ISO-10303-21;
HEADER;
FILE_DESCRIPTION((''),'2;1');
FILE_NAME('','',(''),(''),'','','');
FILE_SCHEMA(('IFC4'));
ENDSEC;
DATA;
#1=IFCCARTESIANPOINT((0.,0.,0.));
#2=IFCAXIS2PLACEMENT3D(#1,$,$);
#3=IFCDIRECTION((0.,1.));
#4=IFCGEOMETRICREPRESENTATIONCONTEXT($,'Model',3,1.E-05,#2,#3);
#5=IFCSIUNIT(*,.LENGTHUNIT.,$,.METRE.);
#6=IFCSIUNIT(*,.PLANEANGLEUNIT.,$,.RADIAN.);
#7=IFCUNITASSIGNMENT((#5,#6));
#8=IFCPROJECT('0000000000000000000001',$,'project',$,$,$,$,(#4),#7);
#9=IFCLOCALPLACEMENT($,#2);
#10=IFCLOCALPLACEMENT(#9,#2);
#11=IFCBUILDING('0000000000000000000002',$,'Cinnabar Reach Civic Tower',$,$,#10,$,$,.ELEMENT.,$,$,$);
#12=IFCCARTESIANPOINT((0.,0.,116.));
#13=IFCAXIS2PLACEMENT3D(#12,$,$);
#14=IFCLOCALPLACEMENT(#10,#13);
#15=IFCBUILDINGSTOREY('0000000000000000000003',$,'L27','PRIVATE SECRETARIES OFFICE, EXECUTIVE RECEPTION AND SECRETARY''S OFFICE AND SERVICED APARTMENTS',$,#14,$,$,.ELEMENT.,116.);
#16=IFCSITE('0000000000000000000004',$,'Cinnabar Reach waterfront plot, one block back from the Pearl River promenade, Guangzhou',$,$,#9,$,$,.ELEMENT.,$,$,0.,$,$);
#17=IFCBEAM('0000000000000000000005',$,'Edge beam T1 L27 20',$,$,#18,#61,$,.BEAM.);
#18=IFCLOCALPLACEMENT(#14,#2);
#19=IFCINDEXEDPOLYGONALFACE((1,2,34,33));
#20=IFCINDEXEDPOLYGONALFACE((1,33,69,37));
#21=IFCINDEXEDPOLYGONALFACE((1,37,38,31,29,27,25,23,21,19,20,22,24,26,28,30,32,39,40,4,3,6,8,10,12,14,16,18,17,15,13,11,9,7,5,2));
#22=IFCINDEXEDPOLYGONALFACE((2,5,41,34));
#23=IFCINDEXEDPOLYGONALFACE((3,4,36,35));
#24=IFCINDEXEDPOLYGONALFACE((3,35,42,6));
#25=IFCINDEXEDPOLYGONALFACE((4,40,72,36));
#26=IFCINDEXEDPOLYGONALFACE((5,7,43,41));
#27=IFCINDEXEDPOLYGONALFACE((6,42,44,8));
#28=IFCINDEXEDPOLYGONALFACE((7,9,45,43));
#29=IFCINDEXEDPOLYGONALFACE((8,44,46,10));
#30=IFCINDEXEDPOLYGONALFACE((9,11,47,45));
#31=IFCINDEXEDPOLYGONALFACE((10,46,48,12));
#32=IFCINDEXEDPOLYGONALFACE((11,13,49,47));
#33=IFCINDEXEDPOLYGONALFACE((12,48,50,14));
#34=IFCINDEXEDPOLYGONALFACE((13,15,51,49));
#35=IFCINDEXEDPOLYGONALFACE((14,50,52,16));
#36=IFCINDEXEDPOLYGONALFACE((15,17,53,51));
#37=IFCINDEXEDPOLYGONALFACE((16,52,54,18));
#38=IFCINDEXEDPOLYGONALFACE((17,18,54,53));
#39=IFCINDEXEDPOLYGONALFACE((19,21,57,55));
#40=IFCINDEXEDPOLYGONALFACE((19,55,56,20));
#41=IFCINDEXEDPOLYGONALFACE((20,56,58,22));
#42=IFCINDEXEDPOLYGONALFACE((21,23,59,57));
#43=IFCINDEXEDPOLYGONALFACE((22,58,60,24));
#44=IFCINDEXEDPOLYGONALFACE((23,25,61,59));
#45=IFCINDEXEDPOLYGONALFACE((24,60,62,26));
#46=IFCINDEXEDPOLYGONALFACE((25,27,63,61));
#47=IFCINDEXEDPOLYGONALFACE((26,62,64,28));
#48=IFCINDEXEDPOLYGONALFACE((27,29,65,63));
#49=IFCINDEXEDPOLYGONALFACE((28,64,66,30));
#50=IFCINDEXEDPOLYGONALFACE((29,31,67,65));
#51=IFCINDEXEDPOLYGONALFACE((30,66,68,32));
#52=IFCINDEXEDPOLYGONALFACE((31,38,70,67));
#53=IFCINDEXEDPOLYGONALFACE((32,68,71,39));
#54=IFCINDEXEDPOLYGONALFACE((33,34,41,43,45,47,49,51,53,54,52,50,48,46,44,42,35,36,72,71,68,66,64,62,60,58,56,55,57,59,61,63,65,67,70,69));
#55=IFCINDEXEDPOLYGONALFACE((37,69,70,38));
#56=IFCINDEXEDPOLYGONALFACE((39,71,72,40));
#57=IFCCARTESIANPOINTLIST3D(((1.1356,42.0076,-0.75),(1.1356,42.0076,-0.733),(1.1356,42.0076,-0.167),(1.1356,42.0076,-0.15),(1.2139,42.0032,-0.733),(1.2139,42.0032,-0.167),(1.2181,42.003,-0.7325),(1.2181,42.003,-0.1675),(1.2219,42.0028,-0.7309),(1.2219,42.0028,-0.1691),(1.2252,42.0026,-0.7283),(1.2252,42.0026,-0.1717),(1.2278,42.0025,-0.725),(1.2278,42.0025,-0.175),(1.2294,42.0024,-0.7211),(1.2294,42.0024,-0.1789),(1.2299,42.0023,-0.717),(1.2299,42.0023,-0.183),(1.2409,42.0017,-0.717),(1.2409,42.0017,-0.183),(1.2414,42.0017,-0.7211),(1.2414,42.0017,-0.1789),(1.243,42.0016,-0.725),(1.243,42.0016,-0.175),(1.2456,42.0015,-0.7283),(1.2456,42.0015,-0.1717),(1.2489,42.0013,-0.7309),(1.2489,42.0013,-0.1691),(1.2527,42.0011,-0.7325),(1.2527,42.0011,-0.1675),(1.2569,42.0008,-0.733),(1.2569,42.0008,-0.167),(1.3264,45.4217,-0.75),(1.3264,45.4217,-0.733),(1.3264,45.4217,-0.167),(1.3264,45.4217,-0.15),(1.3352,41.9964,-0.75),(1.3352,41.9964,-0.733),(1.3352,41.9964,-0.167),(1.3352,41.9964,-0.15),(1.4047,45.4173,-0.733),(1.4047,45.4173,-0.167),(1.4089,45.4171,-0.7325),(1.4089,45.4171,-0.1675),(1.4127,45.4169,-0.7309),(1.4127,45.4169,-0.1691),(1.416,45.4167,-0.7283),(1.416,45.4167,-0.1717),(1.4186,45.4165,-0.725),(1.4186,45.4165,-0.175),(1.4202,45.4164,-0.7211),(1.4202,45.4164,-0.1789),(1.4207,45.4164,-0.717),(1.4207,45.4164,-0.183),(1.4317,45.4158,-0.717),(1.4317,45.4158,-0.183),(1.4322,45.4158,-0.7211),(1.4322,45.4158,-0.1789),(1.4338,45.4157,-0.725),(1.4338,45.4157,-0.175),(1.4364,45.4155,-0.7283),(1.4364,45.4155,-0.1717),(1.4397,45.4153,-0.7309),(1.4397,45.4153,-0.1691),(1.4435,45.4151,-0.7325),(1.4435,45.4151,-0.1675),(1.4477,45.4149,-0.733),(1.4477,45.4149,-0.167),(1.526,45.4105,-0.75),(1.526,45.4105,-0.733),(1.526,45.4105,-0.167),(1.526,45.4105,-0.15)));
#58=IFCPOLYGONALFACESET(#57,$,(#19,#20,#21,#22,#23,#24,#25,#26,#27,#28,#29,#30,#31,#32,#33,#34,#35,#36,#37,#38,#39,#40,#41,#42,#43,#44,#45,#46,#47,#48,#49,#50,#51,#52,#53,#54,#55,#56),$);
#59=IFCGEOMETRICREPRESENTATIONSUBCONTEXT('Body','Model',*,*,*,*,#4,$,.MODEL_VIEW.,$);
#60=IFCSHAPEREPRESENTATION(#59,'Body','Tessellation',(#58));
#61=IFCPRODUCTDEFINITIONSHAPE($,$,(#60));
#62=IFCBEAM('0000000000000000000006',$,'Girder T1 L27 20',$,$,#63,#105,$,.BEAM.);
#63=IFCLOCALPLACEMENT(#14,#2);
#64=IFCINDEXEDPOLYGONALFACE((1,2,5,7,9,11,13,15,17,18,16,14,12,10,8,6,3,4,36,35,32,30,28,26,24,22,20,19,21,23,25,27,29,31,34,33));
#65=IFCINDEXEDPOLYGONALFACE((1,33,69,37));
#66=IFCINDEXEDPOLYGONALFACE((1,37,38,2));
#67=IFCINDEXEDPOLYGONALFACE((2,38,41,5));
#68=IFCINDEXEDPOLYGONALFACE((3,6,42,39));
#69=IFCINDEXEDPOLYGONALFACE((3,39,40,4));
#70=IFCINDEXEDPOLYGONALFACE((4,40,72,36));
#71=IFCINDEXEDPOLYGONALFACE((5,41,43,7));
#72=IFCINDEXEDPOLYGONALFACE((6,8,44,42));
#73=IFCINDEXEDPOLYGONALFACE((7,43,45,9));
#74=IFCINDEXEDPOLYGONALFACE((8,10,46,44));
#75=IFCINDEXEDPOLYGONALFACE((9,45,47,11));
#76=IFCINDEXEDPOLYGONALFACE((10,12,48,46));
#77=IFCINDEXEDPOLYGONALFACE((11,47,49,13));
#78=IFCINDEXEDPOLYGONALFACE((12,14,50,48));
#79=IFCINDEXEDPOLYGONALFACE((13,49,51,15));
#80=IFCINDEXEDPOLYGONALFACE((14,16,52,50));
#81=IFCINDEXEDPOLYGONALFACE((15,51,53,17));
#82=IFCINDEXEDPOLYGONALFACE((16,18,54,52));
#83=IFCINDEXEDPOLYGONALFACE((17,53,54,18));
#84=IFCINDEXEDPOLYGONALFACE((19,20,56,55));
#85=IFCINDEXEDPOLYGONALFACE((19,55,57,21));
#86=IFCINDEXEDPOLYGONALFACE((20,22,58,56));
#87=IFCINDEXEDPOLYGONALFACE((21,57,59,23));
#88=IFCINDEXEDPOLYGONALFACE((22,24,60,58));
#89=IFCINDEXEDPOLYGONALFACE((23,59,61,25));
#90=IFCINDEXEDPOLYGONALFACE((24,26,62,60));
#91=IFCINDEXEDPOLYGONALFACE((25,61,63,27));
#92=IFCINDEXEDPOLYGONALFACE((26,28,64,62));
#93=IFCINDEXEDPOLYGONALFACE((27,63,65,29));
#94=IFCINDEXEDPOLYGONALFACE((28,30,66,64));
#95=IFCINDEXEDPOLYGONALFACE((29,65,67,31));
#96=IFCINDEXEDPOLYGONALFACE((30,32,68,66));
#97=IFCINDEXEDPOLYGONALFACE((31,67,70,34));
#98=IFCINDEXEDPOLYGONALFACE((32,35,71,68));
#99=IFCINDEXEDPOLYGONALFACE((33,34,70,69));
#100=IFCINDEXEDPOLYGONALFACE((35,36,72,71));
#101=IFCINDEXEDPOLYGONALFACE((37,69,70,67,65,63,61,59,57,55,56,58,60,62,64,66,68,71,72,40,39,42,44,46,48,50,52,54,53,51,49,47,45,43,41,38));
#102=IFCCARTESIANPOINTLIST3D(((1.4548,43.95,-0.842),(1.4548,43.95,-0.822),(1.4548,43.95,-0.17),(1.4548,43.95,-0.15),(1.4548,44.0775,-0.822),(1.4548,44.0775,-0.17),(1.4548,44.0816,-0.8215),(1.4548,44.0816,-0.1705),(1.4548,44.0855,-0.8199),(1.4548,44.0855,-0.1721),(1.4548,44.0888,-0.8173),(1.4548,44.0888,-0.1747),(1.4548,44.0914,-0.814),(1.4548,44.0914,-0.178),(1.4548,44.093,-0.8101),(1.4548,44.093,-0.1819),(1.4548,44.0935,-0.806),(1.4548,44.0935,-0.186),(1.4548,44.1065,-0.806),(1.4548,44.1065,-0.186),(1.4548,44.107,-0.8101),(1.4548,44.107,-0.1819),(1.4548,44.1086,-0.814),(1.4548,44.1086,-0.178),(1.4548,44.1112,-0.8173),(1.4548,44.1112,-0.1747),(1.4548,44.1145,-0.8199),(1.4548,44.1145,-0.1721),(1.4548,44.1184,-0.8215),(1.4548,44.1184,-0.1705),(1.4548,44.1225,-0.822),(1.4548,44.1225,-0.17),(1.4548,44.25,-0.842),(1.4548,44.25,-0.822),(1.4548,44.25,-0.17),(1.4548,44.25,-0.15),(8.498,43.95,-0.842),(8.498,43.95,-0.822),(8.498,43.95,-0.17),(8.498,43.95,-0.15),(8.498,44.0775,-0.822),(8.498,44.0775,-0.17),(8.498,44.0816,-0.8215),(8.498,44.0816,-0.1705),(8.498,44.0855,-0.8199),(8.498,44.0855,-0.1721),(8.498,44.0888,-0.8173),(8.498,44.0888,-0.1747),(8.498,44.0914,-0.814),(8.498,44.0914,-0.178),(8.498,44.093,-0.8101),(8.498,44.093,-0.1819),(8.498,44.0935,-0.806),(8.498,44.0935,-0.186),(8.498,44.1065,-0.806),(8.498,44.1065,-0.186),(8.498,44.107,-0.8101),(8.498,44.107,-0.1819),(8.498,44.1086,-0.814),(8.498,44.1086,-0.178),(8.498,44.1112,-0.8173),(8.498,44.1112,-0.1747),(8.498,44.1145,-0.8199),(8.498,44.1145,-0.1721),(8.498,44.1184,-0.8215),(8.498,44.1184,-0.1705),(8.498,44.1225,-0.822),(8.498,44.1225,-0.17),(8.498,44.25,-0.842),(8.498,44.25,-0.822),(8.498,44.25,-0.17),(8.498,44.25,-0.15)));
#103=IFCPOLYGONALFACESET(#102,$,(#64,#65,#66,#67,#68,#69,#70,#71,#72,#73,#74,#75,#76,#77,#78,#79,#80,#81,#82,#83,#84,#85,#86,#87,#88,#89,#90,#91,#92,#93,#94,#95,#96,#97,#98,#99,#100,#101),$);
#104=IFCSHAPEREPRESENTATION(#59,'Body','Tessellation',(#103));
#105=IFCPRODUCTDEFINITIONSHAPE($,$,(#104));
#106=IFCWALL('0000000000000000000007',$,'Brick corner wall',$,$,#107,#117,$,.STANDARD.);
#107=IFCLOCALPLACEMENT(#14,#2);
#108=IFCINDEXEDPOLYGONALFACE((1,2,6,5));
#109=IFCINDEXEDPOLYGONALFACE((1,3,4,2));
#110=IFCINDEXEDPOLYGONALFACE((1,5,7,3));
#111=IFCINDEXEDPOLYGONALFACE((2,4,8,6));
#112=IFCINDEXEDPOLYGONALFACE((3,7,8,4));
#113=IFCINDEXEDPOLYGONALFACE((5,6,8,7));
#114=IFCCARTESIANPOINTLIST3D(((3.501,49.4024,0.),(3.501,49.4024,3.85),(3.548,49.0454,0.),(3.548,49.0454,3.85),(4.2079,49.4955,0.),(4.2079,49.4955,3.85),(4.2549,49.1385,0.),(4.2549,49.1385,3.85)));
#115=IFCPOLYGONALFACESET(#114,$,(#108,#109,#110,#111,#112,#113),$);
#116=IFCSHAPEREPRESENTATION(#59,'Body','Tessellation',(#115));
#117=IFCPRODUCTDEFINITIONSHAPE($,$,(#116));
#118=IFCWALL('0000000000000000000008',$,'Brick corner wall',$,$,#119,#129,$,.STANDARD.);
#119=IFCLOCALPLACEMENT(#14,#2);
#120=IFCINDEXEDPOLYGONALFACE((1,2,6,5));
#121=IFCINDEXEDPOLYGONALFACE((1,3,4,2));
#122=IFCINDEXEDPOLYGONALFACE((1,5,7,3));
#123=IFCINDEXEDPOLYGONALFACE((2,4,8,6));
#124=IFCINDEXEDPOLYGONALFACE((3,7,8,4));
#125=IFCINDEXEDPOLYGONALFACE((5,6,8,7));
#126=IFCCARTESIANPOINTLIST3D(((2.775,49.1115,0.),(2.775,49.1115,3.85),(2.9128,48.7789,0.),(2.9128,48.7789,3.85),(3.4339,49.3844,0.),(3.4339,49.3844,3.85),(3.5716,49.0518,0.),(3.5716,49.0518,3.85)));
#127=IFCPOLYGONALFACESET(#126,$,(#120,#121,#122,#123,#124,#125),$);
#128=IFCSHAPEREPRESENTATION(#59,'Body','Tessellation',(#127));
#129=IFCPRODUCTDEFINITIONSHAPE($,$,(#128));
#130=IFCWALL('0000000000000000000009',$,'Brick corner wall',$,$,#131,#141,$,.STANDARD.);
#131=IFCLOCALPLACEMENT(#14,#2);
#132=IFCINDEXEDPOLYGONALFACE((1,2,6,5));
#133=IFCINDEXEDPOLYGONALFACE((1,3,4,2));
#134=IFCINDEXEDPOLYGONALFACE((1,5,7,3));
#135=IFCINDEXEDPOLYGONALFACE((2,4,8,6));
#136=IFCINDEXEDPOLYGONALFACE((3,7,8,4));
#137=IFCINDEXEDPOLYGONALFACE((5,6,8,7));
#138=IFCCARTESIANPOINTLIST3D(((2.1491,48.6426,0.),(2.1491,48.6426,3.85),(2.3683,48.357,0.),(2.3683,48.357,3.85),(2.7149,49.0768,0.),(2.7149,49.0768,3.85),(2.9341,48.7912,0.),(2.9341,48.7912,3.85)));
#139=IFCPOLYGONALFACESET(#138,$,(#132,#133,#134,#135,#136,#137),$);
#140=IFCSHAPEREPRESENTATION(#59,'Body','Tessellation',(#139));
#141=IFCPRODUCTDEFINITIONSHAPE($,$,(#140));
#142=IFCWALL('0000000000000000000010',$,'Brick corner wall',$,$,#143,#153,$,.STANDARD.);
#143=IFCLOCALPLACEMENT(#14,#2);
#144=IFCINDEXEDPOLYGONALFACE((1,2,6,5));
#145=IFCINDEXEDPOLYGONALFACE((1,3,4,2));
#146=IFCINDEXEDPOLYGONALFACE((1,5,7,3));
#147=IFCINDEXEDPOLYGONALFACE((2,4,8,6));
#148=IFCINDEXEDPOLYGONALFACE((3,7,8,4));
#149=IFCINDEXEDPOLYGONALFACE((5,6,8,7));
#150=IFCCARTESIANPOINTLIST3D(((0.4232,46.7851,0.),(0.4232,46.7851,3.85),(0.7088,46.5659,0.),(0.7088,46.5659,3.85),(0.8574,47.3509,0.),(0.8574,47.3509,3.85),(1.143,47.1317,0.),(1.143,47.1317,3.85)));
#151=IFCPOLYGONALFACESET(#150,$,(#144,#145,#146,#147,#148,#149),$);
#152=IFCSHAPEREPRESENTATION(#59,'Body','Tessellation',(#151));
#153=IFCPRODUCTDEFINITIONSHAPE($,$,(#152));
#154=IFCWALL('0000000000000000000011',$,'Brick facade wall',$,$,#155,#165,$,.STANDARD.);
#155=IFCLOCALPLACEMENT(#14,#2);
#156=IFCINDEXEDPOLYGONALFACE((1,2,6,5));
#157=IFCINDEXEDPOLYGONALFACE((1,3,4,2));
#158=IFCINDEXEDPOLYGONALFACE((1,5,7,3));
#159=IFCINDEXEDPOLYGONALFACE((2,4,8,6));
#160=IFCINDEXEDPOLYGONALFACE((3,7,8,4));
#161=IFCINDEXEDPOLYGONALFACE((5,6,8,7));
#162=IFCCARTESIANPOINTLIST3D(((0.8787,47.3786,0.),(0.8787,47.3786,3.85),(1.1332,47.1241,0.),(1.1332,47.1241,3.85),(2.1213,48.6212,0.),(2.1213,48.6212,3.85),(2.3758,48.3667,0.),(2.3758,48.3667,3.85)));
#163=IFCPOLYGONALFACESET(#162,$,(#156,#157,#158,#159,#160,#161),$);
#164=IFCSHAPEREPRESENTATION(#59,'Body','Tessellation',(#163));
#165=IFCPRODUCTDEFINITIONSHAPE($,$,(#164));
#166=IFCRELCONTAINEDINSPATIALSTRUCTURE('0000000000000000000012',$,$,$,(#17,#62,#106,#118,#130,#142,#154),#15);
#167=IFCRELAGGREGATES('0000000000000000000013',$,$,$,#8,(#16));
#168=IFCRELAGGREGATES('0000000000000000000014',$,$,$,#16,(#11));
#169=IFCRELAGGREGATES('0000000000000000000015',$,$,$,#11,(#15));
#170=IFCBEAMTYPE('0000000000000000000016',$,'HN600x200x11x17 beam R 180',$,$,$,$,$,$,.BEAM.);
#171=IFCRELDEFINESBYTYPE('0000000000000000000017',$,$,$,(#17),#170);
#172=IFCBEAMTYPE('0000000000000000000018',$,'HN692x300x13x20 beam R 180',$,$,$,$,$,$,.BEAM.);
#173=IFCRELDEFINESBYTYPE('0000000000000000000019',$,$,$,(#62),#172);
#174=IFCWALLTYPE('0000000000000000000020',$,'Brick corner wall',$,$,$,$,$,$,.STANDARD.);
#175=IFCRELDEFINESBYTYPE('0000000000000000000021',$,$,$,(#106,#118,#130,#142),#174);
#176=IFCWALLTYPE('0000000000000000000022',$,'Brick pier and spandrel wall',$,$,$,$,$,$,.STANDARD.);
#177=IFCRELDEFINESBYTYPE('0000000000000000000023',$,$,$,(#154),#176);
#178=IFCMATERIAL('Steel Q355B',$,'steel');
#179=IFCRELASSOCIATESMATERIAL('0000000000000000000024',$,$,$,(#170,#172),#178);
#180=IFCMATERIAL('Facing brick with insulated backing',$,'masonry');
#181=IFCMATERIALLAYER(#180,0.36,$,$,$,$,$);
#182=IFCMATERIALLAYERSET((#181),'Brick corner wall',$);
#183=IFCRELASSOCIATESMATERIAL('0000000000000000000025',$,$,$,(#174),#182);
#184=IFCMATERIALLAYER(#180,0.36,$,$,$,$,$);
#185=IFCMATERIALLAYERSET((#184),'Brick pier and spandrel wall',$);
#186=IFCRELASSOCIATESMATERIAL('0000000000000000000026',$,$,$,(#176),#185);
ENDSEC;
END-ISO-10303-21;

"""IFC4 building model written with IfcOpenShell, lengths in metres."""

from ifc_helpers import new_model, si_unit, direction, frame, frame_2d, origin, origin_2d, place, context, subcontext, project, spatial, rectangle, i_section, extrude, material, layer, layer_set, material_profile, profile_set, type_object, element, save


model = new_model("IFC4")

# Units and contexts
model_context = context("Model", 3, precision=1e-05, world=origin(), true_north=direction((0.0, 1.0)))
body_context = subcontext(model_context, "Body", "Model", "MODEL_VIEW")
ifc_project = project(units=[si_unit("LENGTHUNIT", "METRE"), si_unit("PLANEANGLEUNIT", "RADIAN")], contexts=[model_context])

# Site, building, storey
site_placement = place(None, origin())
site = spatial("IfcSite", under=ifc_project, at=site_placement, Name="Cinnabar Reach waterfront plot, one block back from the Pearl River promenade, Guangzhou", CompositionType="ELEMENT", RefElevation=0.0)
building_placement = place(site_placement, origin())
building = spatial("IfcBuilding", under=site, at=building_placement, Name="Cinnabar Reach Civic Tower", CompositionType="ELEMENT")
storey_placement = place(building_placement, frame((0.0, 0.0, 116.0)))
storey = spatial("IfcBuildingStorey", under=building, at=storey_placement, Name="L27", Description="PRIVATE SECRETARIES OFFICE, EXECUTIVE RECEPTION AND SECRETARY'S OFFICE AND SERVICED APARTMENTS", CompositionType="ELEMENT", Elevation=116.0)

# Beams
ifc_material_1 = material(Name="Steel Q355B", Category="steel")
ifc_material_profile_1 = material_profile(ifc_material_1, i_section(OverallWidth=0.2, OverallDepth=0.6, WebThickness=0.011, FlangeThickness=0.017, FilletRadius=0.016, at=origin_2d()), Name="HN600x200x11x17")
ifc_profile_set_1 = profile_set([ifc_material_profile_1], Name="Steel Q355B")
beam_type_1 = type_object("IfcBeamType", Name="HN600x200x11x17 beam R 180", PredefinedType="BEAM", material=ifc_profile_set_1)
beam_1_placement = place(storey_placement, frame((1.4262, 45.4161, -0.45), z_axis=(-0.055799, -0.998442, 0.0), x_axis=(0.998442, -0.055799, 0.0)))
element("IfcBeam", 1, at=beam_1_placement, inside=storey, type_object=beam_type_1, Name="Edge beam T1 L27 20", PredefinedType="BEAM", context=body_context, shape_type="SweptSolid", body=[
    extrude(i_section(OverallWidth=0.2, OverallDepth=0.6, WebThickness=0.011, FlangeThickness=0.017, FilletRadius=0.016, at=origin_2d()), origin(), (0.0, 0.0, 1.0), 3.4194),
])
ifc_material_profile_2 = material_profile(ifc_material_1, i_section(OverallWidth=0.3, OverallDepth=0.692, WebThickness=0.013, FlangeThickness=0.02, FilletRadius=0.016, at=origin_2d()), Name="HN692x300x13x20")
ifc_profile_set_2 = profile_set([ifc_material_profile_2], Name="Steel Q355B")
beam_type_2 = type_object("IfcBeamType", Name="HN692x300x13x20 beam R 180", PredefinedType="BEAM", material=ifc_profile_set_2)
beam_2_placement = place(storey_placement, frame((1.4548, 44.1, -0.496), z_axis=(1.0, 0.0, 0.0), x_axis=(0.0, 1.0, 0.0)))
element("IfcBeam", 2, at=beam_2_placement, inside=storey, type_object=beam_type_2, Name="Girder T1 L27 20", PredefinedType="BEAM", context=body_context, shape_type="SweptSolid", body=[
    extrude(i_section(OverallWidth=0.3, OverallDepth=0.692, WebThickness=0.013, FlangeThickness=0.02, FilletRadius=0.016, at=origin_2d()), origin(), (0.0, 0.0, 1.0), 7.0432),
])

# Walls
ifc_material_2 = material(Name="Facing brick with insulated backing", Category="masonry")
ifc_layer_1 = layer(ifc_material_2, 0.36)
ifc_layer_set_1 = layer_set([ifc_layer_1], Name="Brick corner wall")
wall_type_1 = type_object("IfcWallType", Name="Brick corner wall", PredefinedType="STANDARD", material=ifc_layer_set_1)
for number, where, z_axis, x_axis, name in (
    (3, (4.2314, 49.317, 0.0), (0.0, 0.0, 1.0), (-0.991441, -0.130556, 0.0), "Brick corner wall"),
    (4, (3.5027, 49.2181, 0.0), (0.0, 0.0, 1.0), (-0.923872, -0.382703, 0.0), "Brick corner wall"),
):
    element("IfcWall", number, at=place(storey_placement, frame(where, z_axis=z_axis, x_axis=x_axis)), inside=storey, type_object=wall_type_1, Name=name, PredefinedType="STANDARD", context=body_context, shape_type="SweptSolid", body=[
        extrude(rectangle(XDim=0.7131, YDim=0.36, at=frame_2d((0.3565, 0.0))), origin(), (0.0, 0.0, 1.0), 3.85),
    ])
for number, where, z_axis, x_axis, name in (
    (5, (2.8245, 48.934, 0.0), (0.0, 0.0, 1.0), (-0.793322, -0.608802, 0.0), "Brick corner wall"),
    (6, (1.0002, 47.2413, 0.0), (0.0, 0.0, 1.0), (-0.608802, -0.793322, 0.0), "Brick corner wall"),
):
    element("IfcWall", number, at=place(storey_placement, frame(where, z_axis=z_axis, x_axis=x_axis)), inside=storey, type_object=wall_type_1, Name=name, PredefinedType="STANDARD", context=body_context, shape_type="SweptSolid", body=[
        extrude(rectangle(XDim=0.7132, YDim=0.36, at=frame_2d((0.3566, 0.0))), origin(), (0.0, 0.0, 1.0), 3.85),
    ])
ifc_layer_2 = layer(ifc_material_2, 0.36)
ifc_layer_set_2 = layer_set([ifc_layer_2], Name="Brick pier and spandrel wall")
wall_type_2 = type_object("IfcWallType", Name="Brick pier and spandrel wall", PredefinedType="STANDARD", material=ifc_layer_set_2)
wall_1_placement = place(storey_placement, frame((2.2486, 48.494, 0.0), z_axis=(0.0, 0.0, 1.0), x_axis=(-0.707107, -0.707107, 0.0)))
element("IfcWall", 7, at=wall_1_placement, inside=storey, type_object=wall_type_2, Name="Brick facade wall", PredefinedType="STANDARD", context=body_context, shape_type="SweptSolid", body=[
    extrude(rectangle(XDim=1.7573, YDim=0.36, at=frame_2d((0.8787, 0.0))), origin(), (0.0, 0.0, 1.0), 3.85),
])

save(model, "model.ifc")
